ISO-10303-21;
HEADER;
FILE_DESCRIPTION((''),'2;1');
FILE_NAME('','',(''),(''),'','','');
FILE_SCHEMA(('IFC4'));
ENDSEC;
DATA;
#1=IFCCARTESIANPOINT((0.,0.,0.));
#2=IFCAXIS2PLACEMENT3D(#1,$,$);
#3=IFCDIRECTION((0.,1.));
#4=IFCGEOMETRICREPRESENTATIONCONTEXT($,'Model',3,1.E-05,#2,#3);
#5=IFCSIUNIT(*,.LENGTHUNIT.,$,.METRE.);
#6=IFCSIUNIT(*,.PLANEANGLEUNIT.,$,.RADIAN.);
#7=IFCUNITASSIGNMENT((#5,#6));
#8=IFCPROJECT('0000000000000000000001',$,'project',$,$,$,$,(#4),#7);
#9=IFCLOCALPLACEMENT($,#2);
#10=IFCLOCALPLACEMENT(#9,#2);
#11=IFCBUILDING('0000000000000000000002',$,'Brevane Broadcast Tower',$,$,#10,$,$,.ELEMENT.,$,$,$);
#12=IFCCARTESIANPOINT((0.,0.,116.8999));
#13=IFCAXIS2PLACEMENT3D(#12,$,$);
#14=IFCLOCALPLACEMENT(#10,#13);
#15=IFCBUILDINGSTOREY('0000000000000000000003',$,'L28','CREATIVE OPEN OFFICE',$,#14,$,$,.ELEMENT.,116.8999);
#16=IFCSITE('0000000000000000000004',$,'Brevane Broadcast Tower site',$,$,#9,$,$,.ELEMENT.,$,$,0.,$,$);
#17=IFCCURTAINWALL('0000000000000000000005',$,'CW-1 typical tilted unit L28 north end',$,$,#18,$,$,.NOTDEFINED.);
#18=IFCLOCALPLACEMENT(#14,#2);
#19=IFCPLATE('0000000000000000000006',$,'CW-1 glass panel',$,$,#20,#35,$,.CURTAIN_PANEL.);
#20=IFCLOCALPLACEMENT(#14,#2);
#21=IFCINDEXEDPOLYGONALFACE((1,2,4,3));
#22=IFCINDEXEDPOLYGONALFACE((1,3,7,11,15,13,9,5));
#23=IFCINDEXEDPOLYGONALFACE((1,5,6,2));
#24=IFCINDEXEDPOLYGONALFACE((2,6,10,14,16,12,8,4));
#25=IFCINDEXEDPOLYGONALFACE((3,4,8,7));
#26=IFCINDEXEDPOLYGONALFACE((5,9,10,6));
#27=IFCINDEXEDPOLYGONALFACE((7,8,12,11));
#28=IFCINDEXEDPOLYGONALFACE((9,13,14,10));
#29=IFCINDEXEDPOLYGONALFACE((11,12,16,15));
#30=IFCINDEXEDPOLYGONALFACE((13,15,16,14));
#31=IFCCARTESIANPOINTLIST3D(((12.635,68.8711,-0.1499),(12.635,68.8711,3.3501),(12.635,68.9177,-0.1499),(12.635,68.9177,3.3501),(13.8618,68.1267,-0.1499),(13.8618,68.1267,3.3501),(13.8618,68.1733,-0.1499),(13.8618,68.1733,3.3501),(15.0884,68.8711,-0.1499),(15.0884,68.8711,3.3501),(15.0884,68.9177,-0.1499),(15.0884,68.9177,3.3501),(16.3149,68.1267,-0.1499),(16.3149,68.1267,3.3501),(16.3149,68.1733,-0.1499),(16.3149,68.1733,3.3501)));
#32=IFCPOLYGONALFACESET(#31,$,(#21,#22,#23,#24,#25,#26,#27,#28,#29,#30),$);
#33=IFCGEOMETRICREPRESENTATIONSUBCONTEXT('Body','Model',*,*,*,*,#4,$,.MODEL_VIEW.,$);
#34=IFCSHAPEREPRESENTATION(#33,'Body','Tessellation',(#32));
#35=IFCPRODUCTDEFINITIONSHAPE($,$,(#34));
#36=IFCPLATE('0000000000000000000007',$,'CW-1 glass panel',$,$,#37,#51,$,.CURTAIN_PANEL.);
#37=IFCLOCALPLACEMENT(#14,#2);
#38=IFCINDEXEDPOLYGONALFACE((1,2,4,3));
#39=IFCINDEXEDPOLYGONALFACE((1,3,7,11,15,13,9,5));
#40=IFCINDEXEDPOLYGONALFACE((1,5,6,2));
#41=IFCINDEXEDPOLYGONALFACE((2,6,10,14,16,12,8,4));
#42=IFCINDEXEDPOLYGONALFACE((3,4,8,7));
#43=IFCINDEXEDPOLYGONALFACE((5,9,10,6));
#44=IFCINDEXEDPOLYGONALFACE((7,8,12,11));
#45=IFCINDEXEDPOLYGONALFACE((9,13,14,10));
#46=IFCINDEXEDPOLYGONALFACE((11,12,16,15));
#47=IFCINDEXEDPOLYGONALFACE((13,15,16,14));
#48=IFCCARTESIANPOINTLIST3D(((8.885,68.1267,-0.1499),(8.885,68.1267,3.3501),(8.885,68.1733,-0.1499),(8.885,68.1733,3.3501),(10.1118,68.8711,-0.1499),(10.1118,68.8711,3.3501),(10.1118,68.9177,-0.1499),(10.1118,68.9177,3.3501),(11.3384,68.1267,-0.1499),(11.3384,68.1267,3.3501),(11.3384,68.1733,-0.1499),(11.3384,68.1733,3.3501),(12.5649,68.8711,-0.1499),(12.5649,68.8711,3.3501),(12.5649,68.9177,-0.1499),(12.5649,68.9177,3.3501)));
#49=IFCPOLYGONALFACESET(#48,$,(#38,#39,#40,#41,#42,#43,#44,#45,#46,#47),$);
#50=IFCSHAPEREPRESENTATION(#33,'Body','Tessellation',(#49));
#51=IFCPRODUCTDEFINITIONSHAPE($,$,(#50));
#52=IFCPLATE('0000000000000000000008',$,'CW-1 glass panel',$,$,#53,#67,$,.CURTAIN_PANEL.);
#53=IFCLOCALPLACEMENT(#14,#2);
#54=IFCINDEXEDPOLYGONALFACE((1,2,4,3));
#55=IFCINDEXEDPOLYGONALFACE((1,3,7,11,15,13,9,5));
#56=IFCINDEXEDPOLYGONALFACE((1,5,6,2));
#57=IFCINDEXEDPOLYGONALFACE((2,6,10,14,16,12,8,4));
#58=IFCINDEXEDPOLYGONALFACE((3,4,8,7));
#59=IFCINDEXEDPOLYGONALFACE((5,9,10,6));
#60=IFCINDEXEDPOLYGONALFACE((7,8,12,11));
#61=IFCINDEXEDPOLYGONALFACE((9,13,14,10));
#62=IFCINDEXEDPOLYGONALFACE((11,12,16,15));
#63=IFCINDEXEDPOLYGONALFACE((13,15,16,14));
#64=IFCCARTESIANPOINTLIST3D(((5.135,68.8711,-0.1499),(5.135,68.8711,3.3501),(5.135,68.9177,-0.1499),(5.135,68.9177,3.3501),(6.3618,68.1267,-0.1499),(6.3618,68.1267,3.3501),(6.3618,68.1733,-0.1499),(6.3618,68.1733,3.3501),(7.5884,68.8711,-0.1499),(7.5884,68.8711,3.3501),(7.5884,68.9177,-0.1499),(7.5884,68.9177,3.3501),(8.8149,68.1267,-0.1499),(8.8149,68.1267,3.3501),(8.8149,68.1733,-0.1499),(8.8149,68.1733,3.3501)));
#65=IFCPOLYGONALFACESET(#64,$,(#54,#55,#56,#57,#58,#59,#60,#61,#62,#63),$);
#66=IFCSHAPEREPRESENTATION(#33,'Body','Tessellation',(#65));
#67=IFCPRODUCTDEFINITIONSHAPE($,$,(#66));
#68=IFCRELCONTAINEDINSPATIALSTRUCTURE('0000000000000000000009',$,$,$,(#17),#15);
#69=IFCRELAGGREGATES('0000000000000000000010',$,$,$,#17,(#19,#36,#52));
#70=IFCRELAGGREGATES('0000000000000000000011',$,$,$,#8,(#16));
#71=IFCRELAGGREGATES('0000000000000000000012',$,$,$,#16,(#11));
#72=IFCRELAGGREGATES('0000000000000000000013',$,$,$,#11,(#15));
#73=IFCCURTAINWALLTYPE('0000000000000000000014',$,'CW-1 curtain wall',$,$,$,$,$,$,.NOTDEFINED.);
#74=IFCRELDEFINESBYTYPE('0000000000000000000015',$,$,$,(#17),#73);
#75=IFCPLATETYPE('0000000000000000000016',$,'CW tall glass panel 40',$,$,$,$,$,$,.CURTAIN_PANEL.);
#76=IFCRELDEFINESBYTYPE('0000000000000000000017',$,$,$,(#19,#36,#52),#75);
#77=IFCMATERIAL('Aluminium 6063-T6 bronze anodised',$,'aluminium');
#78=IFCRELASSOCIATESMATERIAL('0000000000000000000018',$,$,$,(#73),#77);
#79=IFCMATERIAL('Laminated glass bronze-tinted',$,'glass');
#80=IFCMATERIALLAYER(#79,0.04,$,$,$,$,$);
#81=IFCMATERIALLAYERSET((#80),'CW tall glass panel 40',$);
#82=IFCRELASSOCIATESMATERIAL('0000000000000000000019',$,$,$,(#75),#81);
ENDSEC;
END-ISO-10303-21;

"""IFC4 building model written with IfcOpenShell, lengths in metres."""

from ifc_helpers import new_model, si_unit, direction, frame, origin, place, context, subcontext, project, spatial, polyline, outline, extrude, material, layer, layer_set, type_object, element, aggregate, save


model = new_model("IFC4")

# Units and contexts
model_context = context("Model", 3, precision=1e-05, world=origin(), true_north=direction((0.0, 1.0)))
body_context = subcontext(model_context, "Body", "Model", "MODEL_VIEW")
ifc_project = project(units=[si_unit("LENGTHUNIT", "METRE"), si_unit("PLANEANGLEUNIT", "RADIAN")], contexts=[model_context])

# Site, building, storey
site_placement = place(None, origin())
site = spatial("IfcSite", under=ifc_project, at=site_placement, Name="Brevane Broadcast Tower site", CompositionType="ELEMENT", RefElevation=0.0)
building_placement = place(site_placement, origin())
building = spatial("IfcBuilding", under=site, at=building_placement, Name="Brevane Broadcast Tower", CompositionType="ELEMENT")
storey_placement = place(building_placement, frame((0.0, 0.0, 116.8999)))
storey = spatial("IfcBuildingStorey", under=building, at=storey_placement, Name="L28", Description="CREATIVE OPEN OFFICE", CompositionType="ELEMENT", Elevation=116.8999)

# Shared definitions
ifc_material_1 = material(Name="Aluminium 6063-T6 bronze anodised", Category="aluminium")
curtain_wall_type = type_object("IfcCurtainWallType", Name="CW-1 curtain wall", PredefinedType="NOTDEFINED", material=ifc_material_1)

# Curtain wall, plates
ifc_material_2 = material(Name="Laminated glass bronze-tinted", Category="glass")
ifc_layer = layer(ifc_material_2, 0.04)
ifc_layer_set = layer_set([ifc_layer], Name="CW tall glass panel 40")
plate_type = type_object("IfcPlateType", Name="CW tall glass panel 40", PredefinedType="CURTAIN_PANEL", material=ifc_layer_set)
curtain_wall_1_placement = place(storey_placement, origin())
curtain_wall_1 = element("IfcCurtainWall", 1, at=curtain_wall_1_placement, inside=storey, type_object=curtain_wall_type, Name="CW-1 typical tilted unit L28 north end", PredefinedType="NOTDEFINED")
plate_1_placement = place(storey_placement, frame((0.0, 0.0, -0.1499)))
plate_1 = element("IfcPlate", 2, at=plate_1_placement, type_object=plate_type, Name="CW-1 glass panel", PredefinedType="CURTAIN_PANEL", context=body_context, shape_type="SweptSolid", body=[
    extrude(outline(polyline([(16.3149, 68.1267), (16.3149, 68.1733), (15.0884, 68.9177), (13.8618, 68.1733), (12.635, 68.9177), (12.635, 68.8711), (13.8618, 68.1267), (15.0884, 68.8711), (16.3149, 68.1267)])), origin(), (0.0, 0.0, 1.0), 3.5),
])
plate_2_placement = place(storey_placement, frame((0.0, 0.0, -0.1499)))
plate_2 = element("IfcPlate", 3, at=plate_2_placement, type_object=plate_type, Name="CW-1 glass panel", PredefinedType="CURTAIN_PANEL", context=body_context, shape_type="SweptSolid", body=[
    extrude(outline(polyline([(12.5649, 68.8711), (12.5649, 68.9177), (11.3384, 68.1733), (10.1118, 68.9177), (8.885, 68.1733), (8.885, 68.1267), (10.1118, 68.8711), (11.3384, 68.1267), (12.5649, 68.8711)])), origin(), (0.0, 0.0, 1.0), 3.5),
])
plate_3_placement = place(storey_placement, frame((0.0, 0.0, -0.1499)))
plate_3 = element("IfcPlate", 4, at=plate_3_placement, type_object=plate_type, Name="CW-1 glass panel", PredefinedType="CURTAIN_PANEL", context=body_context, shape_type="SweptSolid", body=[
    extrude(outline(polyline([(8.8149, 68.1267), (8.8149, 68.1733), (7.5884, 68.9177), (6.3618, 68.1733), (5.135, 68.9177), (5.135, 68.8711), (6.3618, 68.1267), (7.5884, 68.8711), (8.8149, 68.1267)])), origin(), (0.0, 0.0, 1.0), 3.5),
])
aggregate(curtain_wall_1, [plate_1, plate_2, plate_3])

save(model, "model.ifc")
